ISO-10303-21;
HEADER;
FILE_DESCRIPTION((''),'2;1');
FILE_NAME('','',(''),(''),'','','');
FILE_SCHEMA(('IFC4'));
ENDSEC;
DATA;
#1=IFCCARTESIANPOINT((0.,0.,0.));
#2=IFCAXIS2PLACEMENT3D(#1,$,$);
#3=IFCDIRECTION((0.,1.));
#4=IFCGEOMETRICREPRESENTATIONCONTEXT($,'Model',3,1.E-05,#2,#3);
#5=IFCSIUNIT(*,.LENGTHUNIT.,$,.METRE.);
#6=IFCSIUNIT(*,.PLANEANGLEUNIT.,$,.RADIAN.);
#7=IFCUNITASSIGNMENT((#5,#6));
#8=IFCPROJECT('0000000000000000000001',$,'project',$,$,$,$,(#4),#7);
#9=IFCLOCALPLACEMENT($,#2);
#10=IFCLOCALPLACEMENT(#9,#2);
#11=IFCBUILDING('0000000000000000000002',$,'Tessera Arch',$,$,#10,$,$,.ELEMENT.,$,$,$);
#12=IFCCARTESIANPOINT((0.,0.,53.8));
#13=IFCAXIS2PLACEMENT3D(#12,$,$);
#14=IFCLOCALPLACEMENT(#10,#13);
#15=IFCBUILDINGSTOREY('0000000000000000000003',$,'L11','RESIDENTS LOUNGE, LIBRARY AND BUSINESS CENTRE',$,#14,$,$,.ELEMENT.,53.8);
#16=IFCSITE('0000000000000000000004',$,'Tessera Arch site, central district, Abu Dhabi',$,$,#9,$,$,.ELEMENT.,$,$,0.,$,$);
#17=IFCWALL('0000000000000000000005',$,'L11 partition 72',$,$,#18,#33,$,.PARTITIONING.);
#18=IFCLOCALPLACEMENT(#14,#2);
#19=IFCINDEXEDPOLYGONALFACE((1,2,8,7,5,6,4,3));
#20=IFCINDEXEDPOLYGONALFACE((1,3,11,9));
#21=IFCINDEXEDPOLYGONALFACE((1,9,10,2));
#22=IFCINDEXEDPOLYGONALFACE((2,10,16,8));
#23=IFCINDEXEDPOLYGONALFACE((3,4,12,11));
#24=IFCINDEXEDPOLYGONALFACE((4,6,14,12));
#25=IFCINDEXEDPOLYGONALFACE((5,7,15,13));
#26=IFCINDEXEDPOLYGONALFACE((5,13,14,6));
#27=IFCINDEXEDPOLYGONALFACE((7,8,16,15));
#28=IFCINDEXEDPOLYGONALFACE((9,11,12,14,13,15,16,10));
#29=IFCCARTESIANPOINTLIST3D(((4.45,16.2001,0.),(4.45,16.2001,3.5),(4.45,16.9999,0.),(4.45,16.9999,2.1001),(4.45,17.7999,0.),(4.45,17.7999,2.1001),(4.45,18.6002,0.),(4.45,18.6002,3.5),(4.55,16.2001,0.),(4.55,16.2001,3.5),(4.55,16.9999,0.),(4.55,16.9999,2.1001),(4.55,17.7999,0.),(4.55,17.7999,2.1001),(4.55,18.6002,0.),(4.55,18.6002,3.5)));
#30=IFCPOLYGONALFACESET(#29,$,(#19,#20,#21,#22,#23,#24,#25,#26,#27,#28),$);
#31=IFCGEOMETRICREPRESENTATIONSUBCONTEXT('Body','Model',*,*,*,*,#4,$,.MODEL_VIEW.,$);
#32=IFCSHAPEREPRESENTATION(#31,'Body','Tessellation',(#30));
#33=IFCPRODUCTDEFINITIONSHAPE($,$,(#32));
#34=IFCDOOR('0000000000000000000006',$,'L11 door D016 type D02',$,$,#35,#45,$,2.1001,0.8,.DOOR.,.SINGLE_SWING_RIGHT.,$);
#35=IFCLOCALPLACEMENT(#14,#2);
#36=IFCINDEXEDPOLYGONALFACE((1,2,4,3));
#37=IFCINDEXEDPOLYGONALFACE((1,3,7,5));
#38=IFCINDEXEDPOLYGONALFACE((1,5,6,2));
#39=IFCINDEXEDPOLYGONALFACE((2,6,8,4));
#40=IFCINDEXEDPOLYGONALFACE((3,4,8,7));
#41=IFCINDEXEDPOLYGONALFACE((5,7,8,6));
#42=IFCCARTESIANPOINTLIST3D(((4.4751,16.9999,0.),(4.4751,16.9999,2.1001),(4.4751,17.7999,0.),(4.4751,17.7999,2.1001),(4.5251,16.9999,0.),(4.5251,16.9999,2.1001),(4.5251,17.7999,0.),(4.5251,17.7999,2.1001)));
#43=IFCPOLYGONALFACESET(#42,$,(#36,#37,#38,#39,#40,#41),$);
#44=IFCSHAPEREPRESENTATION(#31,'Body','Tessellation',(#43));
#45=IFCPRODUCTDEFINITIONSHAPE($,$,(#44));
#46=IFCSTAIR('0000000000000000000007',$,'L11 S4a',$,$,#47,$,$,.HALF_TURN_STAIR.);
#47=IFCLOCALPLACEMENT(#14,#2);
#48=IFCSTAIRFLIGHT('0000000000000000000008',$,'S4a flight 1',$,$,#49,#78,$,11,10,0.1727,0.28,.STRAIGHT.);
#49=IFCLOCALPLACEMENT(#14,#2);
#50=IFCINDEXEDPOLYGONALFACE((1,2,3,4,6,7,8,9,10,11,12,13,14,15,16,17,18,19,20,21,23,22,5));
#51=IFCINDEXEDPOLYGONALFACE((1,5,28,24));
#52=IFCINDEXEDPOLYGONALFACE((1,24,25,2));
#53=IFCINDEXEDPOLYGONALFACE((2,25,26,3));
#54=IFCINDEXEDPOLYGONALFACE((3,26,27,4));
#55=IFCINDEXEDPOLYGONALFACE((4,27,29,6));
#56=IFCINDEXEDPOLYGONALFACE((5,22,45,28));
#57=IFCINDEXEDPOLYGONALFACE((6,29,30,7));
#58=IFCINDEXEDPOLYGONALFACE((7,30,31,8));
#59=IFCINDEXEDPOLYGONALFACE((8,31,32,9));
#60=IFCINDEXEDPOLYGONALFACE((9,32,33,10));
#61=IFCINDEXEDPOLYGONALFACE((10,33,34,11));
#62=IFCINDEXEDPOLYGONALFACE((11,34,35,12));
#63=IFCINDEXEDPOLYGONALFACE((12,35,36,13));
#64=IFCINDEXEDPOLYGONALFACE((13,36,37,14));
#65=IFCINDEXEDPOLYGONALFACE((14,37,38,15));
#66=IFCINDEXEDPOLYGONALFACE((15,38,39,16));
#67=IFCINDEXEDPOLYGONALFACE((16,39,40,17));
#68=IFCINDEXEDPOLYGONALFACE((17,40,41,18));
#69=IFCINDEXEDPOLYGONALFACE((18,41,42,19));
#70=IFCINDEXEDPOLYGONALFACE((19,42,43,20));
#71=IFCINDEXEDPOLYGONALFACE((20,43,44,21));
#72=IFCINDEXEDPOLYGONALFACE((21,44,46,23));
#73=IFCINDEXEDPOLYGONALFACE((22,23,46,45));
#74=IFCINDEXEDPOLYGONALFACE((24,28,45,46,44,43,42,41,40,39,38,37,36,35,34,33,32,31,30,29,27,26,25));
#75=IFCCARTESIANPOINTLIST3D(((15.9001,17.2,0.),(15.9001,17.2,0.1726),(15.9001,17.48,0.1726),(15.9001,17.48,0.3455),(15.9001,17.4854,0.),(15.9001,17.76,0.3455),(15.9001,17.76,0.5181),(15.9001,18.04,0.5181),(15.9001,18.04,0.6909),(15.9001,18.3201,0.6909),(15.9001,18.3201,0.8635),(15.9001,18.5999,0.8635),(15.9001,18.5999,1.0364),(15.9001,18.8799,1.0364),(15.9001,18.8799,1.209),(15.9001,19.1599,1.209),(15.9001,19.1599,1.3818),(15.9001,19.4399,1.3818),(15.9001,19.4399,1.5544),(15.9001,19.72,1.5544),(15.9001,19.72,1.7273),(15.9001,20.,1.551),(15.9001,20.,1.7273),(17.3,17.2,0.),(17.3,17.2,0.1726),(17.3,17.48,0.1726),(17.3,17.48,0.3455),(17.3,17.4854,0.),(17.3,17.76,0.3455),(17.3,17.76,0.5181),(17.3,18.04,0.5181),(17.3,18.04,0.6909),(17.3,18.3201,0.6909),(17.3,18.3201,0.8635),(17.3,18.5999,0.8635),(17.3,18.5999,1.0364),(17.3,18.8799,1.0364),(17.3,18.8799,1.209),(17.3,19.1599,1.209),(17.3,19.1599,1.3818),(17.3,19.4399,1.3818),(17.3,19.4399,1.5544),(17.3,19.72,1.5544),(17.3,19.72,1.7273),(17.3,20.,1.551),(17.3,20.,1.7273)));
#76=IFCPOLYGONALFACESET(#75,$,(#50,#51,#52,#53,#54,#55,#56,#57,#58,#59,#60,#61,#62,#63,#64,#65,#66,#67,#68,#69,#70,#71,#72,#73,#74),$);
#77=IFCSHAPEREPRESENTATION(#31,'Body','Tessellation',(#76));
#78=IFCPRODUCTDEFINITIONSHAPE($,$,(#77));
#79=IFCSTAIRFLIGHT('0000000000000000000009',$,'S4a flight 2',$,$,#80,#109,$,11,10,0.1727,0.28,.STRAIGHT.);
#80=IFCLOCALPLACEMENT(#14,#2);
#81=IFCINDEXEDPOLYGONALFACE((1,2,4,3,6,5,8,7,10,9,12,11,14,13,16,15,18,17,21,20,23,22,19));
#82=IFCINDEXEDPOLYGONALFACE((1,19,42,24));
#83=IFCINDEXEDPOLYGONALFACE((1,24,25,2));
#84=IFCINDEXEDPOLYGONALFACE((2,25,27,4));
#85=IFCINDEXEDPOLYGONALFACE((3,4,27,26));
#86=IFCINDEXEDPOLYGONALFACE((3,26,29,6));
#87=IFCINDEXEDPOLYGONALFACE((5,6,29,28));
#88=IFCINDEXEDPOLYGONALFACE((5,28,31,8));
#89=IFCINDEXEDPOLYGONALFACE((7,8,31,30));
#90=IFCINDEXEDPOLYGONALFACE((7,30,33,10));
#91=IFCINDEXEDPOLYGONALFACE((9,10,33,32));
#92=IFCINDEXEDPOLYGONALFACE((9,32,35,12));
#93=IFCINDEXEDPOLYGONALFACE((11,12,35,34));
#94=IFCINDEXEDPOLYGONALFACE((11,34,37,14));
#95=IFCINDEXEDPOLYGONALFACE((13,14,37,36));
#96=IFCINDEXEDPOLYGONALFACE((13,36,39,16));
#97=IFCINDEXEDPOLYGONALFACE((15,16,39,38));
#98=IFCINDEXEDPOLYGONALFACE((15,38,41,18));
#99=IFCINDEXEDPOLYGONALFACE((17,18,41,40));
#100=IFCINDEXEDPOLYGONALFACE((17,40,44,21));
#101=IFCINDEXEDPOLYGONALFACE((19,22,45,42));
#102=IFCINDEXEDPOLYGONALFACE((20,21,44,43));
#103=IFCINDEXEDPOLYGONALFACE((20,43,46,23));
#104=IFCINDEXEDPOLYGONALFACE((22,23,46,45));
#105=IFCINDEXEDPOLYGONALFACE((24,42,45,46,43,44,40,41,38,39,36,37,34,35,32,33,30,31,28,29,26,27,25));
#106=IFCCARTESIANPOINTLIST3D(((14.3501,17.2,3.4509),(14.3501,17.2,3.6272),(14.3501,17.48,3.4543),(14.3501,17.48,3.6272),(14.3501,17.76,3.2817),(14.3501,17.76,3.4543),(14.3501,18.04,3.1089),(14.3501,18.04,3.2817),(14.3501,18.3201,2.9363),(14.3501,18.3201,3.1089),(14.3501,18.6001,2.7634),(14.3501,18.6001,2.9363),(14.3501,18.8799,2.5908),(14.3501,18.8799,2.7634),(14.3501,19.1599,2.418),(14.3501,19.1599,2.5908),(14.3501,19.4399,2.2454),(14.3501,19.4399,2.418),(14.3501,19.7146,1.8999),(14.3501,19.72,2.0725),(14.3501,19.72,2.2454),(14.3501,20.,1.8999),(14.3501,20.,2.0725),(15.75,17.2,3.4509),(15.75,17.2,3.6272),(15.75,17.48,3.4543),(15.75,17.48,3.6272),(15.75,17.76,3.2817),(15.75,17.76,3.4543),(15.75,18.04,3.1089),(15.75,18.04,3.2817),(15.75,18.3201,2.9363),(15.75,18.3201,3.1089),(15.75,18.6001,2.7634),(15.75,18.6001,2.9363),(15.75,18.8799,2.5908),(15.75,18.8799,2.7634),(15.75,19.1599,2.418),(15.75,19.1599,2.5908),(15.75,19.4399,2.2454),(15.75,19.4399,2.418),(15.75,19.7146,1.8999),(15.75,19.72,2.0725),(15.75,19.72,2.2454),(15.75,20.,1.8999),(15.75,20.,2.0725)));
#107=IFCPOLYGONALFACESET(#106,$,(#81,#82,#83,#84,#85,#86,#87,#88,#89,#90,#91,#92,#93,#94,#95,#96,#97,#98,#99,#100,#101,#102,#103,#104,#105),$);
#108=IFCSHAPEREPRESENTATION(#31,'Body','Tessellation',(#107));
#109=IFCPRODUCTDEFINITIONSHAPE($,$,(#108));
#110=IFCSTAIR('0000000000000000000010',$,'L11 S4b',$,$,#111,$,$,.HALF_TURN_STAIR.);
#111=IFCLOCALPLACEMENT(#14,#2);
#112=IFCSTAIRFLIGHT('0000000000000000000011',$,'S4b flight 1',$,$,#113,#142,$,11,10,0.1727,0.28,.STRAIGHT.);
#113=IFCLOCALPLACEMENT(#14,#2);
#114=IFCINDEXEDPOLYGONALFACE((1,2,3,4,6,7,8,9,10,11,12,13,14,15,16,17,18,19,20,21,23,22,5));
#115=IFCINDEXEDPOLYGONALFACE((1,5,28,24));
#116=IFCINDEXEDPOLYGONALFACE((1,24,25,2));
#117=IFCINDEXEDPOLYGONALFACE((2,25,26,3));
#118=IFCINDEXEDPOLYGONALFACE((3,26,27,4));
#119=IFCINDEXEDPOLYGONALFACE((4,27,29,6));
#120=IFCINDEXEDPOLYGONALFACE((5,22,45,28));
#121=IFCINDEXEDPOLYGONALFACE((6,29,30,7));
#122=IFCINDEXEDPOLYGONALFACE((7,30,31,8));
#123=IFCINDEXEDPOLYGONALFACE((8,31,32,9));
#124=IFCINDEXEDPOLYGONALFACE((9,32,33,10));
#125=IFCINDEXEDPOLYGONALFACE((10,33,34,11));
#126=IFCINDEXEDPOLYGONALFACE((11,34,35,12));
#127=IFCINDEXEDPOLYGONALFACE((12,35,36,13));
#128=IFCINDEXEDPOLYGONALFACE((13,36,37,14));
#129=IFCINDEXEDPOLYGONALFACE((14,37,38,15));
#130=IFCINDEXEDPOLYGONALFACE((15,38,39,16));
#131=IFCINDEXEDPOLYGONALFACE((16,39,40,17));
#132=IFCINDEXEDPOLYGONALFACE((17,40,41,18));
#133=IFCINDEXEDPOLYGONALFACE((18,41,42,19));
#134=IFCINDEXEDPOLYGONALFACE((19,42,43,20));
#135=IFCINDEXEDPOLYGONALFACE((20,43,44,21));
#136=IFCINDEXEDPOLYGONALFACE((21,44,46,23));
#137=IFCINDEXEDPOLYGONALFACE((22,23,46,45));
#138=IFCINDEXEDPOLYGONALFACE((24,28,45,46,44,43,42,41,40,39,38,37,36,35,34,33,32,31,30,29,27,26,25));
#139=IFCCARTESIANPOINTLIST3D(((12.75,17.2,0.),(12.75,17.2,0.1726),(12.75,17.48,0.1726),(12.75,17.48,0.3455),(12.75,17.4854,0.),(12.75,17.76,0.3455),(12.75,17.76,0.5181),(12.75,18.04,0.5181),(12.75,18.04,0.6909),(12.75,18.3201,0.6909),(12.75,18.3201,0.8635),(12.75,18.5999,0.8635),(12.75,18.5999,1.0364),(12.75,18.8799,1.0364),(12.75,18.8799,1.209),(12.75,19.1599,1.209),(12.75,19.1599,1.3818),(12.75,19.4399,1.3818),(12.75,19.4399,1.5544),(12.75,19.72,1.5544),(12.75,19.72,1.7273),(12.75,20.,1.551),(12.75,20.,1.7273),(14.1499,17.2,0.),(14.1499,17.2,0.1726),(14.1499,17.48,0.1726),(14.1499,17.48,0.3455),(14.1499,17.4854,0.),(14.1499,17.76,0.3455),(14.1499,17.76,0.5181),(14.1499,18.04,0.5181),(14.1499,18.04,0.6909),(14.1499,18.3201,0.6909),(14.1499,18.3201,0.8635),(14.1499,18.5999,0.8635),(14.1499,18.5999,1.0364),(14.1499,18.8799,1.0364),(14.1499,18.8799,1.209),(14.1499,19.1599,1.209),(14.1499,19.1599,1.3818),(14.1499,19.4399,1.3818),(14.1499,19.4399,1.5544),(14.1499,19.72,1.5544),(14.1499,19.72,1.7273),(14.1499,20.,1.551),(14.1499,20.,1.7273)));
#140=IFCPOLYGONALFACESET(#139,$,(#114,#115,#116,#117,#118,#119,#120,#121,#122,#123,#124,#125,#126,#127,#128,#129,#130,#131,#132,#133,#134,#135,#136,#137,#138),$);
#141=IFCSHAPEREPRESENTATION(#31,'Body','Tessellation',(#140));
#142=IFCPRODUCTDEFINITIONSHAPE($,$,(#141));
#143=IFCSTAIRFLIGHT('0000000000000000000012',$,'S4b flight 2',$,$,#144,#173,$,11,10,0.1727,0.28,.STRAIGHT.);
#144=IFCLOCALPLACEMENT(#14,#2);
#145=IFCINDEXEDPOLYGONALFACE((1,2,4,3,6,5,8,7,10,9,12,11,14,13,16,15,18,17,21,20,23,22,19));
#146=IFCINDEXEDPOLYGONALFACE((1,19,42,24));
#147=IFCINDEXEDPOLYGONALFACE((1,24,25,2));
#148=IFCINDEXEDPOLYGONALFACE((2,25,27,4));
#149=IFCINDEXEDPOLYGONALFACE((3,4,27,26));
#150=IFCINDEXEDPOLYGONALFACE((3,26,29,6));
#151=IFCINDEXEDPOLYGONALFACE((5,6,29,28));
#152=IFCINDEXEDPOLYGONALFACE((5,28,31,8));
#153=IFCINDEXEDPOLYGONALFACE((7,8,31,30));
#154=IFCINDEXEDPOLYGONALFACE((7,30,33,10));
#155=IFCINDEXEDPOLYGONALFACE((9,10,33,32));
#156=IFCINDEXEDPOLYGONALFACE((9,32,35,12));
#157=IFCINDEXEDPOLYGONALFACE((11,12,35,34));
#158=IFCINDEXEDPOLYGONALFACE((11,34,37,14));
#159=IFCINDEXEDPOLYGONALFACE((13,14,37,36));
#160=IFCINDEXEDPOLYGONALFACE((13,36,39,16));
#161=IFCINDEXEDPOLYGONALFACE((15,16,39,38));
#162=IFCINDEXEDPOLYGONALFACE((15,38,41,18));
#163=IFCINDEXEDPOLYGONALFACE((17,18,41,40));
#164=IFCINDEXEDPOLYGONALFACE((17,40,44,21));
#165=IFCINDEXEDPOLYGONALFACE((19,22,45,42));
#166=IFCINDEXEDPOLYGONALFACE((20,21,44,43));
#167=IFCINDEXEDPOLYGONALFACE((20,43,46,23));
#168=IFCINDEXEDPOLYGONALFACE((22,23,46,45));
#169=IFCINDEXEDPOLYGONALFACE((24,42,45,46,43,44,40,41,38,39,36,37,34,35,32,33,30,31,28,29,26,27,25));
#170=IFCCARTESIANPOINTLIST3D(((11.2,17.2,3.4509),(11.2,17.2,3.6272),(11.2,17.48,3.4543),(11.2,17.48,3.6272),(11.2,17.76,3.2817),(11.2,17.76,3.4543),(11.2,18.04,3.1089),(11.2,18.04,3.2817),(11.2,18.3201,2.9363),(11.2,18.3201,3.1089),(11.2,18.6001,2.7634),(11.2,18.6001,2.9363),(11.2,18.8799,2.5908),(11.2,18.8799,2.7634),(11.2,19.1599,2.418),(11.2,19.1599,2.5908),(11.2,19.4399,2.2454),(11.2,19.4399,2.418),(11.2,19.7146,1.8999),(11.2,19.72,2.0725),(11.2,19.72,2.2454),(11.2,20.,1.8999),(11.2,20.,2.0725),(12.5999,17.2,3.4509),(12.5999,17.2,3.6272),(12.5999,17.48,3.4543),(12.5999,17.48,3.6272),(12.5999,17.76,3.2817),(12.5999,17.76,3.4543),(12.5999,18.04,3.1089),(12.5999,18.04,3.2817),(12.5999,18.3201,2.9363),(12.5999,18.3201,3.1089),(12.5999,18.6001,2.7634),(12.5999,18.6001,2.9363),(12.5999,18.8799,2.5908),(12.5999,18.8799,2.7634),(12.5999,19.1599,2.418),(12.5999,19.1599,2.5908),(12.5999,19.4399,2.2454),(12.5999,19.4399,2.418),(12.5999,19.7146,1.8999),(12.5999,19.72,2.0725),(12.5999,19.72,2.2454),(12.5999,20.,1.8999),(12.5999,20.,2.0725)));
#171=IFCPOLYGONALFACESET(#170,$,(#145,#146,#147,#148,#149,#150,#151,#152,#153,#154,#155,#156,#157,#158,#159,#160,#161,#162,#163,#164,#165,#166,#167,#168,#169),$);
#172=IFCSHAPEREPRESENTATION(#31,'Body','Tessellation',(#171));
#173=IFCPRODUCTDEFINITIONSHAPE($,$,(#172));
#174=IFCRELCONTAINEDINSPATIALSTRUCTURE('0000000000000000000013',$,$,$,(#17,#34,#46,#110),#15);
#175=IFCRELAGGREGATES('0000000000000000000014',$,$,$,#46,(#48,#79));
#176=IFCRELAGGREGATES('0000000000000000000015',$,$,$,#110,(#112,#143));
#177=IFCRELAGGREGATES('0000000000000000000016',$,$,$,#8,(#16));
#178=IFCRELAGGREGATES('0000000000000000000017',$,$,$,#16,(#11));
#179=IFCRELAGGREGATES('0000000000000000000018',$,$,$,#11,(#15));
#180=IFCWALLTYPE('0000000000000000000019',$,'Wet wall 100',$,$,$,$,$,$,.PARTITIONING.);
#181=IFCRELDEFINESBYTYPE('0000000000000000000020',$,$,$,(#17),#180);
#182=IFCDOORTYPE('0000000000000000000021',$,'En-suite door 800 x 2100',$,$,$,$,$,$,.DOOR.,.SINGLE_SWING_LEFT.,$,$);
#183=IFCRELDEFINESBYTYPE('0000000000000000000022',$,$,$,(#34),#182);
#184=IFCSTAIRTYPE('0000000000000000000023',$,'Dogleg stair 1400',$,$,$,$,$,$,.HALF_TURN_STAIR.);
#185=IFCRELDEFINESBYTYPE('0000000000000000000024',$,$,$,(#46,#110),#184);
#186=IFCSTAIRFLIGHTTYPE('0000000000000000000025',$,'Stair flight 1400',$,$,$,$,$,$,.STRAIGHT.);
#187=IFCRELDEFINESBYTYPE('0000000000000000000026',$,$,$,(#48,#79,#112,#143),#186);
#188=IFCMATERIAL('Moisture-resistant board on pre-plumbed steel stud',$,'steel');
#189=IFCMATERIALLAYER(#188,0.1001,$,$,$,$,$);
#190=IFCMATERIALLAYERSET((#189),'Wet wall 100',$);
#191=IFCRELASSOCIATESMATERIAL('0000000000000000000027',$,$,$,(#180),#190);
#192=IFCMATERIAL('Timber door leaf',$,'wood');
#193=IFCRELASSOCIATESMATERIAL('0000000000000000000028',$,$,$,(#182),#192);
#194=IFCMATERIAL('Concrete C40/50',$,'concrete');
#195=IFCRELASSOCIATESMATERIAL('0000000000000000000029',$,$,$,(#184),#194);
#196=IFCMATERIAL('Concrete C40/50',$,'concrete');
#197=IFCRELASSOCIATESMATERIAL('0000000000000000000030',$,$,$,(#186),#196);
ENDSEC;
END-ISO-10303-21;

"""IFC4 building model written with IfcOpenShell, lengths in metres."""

from ifc_helpers import new_model, si_unit, direction, frame, frame_2d, origin, place, context, subcontext, project, spatial, polyline, rectangle, outline, extrude, material, layer, layer_set, type_object, element, fill, aggregate, save


model = new_model("IFC4")

# Units and contexts
model_context = context("Model", 3, precision=1e-05, world=origin(), true_north=direction((0.0, 1.0)))
body_context = subcontext(model_context, "Body", "Model", "MODEL_VIEW")
ifc_project = project(units=[si_unit("LENGTHUNIT", "METRE"), si_unit("PLANEANGLEUNIT", "RADIAN")], contexts=[model_context])

# Site, building, storey
site_placement = place(None, origin())
site = spatial("IfcSite", under=ifc_project, at=site_placement, Name="Tessera Arch site, central district, Abu Dhabi", CompositionType="ELEMENT", RefElevation=0.0)
building_placement = place(site_placement, origin())
building = spatial("IfcBuilding", under=site, at=building_placement, Name="Tessera Arch", CompositionType="ELEMENT")
storey_placement = place(building_placement, frame((0.0, 0.0, 53.8)))
storey = spatial("IfcBuildingStorey", under=building, at=storey_placement, Name="L11", Description="RESIDENTS LOUNGE, LIBRARY AND BUSINESS CENTRE", CompositionType="ELEMENT", Elevation=53.8)

# Shared definitions
ifc_material_1 = material(Name="Moisture-resistant board on pre-plumbed steel stud", Category="steel")
ifc_layer_1 = layer(ifc_material_1, 0.1001)
ifc_layer_set_1 = layer_set([ifc_layer_1], Name="Wet wall 100")
wall_type_1 = type_object("IfcWallType", Name="Wet wall 100", PredefinedType="PARTITIONING", material=ifc_layer_set_1)

# Wall, opening, door
wall_1_placement = place(storey_placement, frame((4.5, 16.2, 0.0), z_axis=(0.0, 0.0, 1.0), x_axis=(0.0, 1.0, 0.0)))
wall_1 = element("IfcWall", 1, at=wall_1_placement, inside=storey, type_object=wall_type_1, Name="L11 partition 72", PredefinedType="PARTITIONING", context=body_context, shape_type="SweptSolid", body=[
    extrude(rectangle(XDim=2.4001, YDim=0.1001, at=frame_2d((1.2002, 0.0))), origin(), (0.0, 0.0, 1.0), 3.5),
])
opening_1_placement = place(wall_1_placement, frame((0.8, 0.0, 0.0)))
opening_1 = element("IfcOpeningElement", 2, at=opening_1_placement, cuts=wall_1, PredefinedType="OPENING", context=body_context, shape_type="SweptSolid", body=[
    extrude(rectangle(XDim=0.8, YDim=2.1001, at=frame_2d((0.3999, 1.05))), frame((0.0, 0.0601, 0.0), z_axis=(0.0, -1.0, 0.0), x_axis=(1.0, 0.0, 0.0)), (0.0, 0.0, 1.0), 0.1201),
])
ifc_material_2 = material(Name="Timber door leaf", Category="wood")
door_type_1 = type_object("IfcDoorType", Name="En-suite door 800 x 2100", OperationType="SINGLE_SWING_LEFT", PredefinedType="DOOR", material=ifc_material_2)
door_1_placement = place(opening_1_placement, origin())
door_1 = element("IfcDoor", 3, at=door_1_placement, inside=storey, type_object=door_type_1, Name="L11 door D016 type D02", OperationType="SINGLE_SWING_RIGHT", OverallHeight=2.1001, OverallWidth=0.8, PredefinedType="DOOR", context=body_context, shape_type="SweptSolid", body=[
    extrude(rectangle(XDim=0.8, YDim=2.1001, at=frame_2d((0.3999, 1.05))), frame((0.0, 0.0249, 0.0), z_axis=(0.0, -1.0, 0.0), x_axis=(1.0, 0.0, 0.0)), (0.0, 0.0, 1.0), 0.05),
])
fill(opening_1, door_1)

# Stairs, stair flights
ifc_material_3 = material(Name="Concrete C40/50", Category="concrete")
stair_type = type_object("IfcStairType", Name="Dogleg stair 1400", PredefinedType="HALF_TURN_STAIR", material=ifc_material_3)
stair_1_placement = place(storey_placement, origin())
stair_1 = element("IfcStair", 4, at=stair_1_placement, inside=storey, type_object=stair_type, Name="L11 S4a", PredefinedType="HALF_TURN_STAIR")
ifc_material_4 = material(Name="Concrete C40/50", Category="concrete")
stair_flight_type = type_object("IfcStairFlightType", Name="Stair flight 1400", PredefinedType="STRAIGHT", material=ifc_material_4)
stair_flight_1_placement = place(storey_placement, frame((16.6001, 17.2, 0.0), z_axis=(0.0, 0.0, 1.0), x_axis=(0.0, 1.0, 0.0)))
stair_flight_1 = element("IfcStairFlight", 5, at=stair_flight_1_placement, type_object=stair_flight_type, Name="S4a flight 1", NumberOfRisers=11, NumberOfTreads=10, PredefinedType="STRAIGHT", RiserHeight=0.1727, TreadLength=0.28, context=body_context, shape_type="SweptSolid", body=[
    extrude(outline(polyline([(0.0, 0.0), (0.0, 0.1726), (0.28, 0.1726), (0.28, 0.3455), (0.5601, 0.3455), (0.5601, 0.5181), (0.8401, 0.5181), (0.8401, 0.6909), (1.1201, 0.6909), (1.1201, 0.8635), (1.3999, 0.8635), (1.3999, 1.0364), (1.6799, 1.0364), (1.6799, 1.209), (1.96, 1.209), (1.96, 1.3818), (2.24, 1.3818), (2.24, 1.5544), (2.52, 1.5544), (2.52, 1.7273), (2.8, 1.7273), (2.8, 1.8999), (2.8, 1.551), (0.2854, 0.0), (0.0, 0.0)])), frame((0.0, 0.7, 0.0), z_axis=(0.0, -1.0, 0.0), x_axis=(1.0, 0.0, 0.0)), (0.0, 0.0, 1.0), 1.3999),
])
stair_flight_2_placement = place(storey_placement, frame((15.05, 20.0, 1.8999), z_axis=(0.0, 0.0, 1.0), x_axis=(0.0, -1.0, 0.0)))
stair_flight_2 = element("IfcStairFlight", 6, at=stair_flight_2_placement, type_object=stair_flight_type, Name="S4a flight 2", NumberOfRisers=11, NumberOfTreads=10, PredefinedType="STRAIGHT", RiserHeight=0.1727, TreadLength=0.28, context=body_context, shape_type="SweptSolid", body=[
    extrude(outline(polyline([(0.0, 0.0), (0.0, 0.1726), (0.28, 0.1726), (0.28, 0.3455), (0.5601, 0.3455), (0.5601, 0.5181), (0.8401, 0.5181), (0.8401, 0.6909), (1.1201, 0.6909), (1.1201, 0.8635), (1.3999, 0.8635), (1.3999, 1.0364), (1.6799, 1.0364), (1.6799, 1.209), (1.96, 1.209), (1.96, 1.3818), (2.24, 1.3818), (2.24, 1.5544), (2.52, 1.5544), (2.52, 1.7273), (2.8, 1.7273), (2.8, 1.8999), (2.8, 1.551), (0.2854, 0.0), (0.0, 0.0)])), frame((0.0, 0.7, 0.0), z_axis=(0.0, -1.0, 0.0), x_axis=(1.0, 0.0, 0.0)), (0.0, 0.0, 1.0), 1.3999),
])
aggregate(stair_1, [stair_flight_1, stair_flight_2])
stair_2_placement = place(storey_placement, origin())
stair_2 = element("IfcStair", 7, at=stair_2_placement, inside=storey, type_object=stair_type, Name="L11 S4b", PredefinedType="HALF_TURN_STAIR")
stair_flight_3_placement = place(storey_placement, frame((13.45, 17.2, 0.0), z_axis=(0.0, 0.0, 1.0), x_axis=(0.0, 1.0, 0.0)))
stair_flight_3 = element("IfcStairFlight", 8, at=stair_flight_3_placement, type_object=stair_flight_type, Name="S4b flight 1", NumberOfRisers=11, NumberOfTreads=10, PredefinedType="STRAIGHT", RiserHeight=0.1727, TreadLength=0.28, context=body_context, shape_type="SweptSolid", body=[
    extrude(outline(polyline([(0.0, 0.0), (0.0, 0.1726), (0.28, 0.1726), (0.28, 0.3455), (0.5601, 0.3455), (0.5601, 0.5181), (0.8401, 0.5181), (0.8401, 0.6909), (1.1201, 0.6909), (1.1201, 0.8635), (1.3999, 0.8635), (1.3999, 1.0364), (1.6799, 1.0364), (1.6799, 1.209), (1.96, 1.209), (1.96, 1.3818), (2.24, 1.3818), (2.24, 1.5544), (2.52, 1.5544), (2.52, 1.7273), (2.8, 1.7273), (2.8, 1.8999), (2.8, 1.551), (0.2854, 0.0), (0.0, 0.0)])), frame((0.0, 0.7, 0.0), z_axis=(0.0, -1.0, 0.0), x_axis=(1.0, 0.0, 0.0)), (0.0, 0.0, 1.0), 1.3999),
])
stair_flight_4_placement = place(storey_placement, frame((11.8999, 20.0, 1.8999), z_axis=(0.0, 0.0, 1.0), x_axis=(0.0, -1.0, 0.0)))
stair_flight_4 = element("IfcStairFlight", 9, at=stair_flight_4_placement, type_object=stair_flight_type, Name="S4b flight 2", NumberOfRisers=11, NumberOfTreads=10, PredefinedType="STRAIGHT", RiserHeight=0.1727, TreadLength=0.28, context=body_context, shape_type="SweptSolid", body=[
    extrude(outline(polyline([(0.0, 0.0), (0.0, 0.1726), (0.28, 0.1726), (0.28, 0.3455), (0.5601, 0.3455), (0.5601, 0.5181), (0.8401, 0.5181), (0.8401, 0.6909), (1.1201, 0.6909), (1.1201, 0.8635), (1.3999, 0.8635), (1.3999, 1.0364), (1.6799, 1.0364), (1.6799, 1.209), (1.96, 1.209), (1.96, 1.3818), (2.24, 1.3818), (2.24, 1.5544), (2.52, 1.5544), (2.52, 1.7273), (2.8, 1.7273), (2.8, 1.8999), (2.8, 1.551), (0.2854, 0.0), (0.0, 0.0)])), frame((0.0, 0.7, 0.0), z_axis=(0.0, -1.0, 0.0), x_axis=(1.0, 0.0, 0.0)), (0.0, 0.0, 1.0), 1.3999),
])
aggregate(stair_2, [stair_flight_3, stair_flight_4])

save(model, "model.ifc")
